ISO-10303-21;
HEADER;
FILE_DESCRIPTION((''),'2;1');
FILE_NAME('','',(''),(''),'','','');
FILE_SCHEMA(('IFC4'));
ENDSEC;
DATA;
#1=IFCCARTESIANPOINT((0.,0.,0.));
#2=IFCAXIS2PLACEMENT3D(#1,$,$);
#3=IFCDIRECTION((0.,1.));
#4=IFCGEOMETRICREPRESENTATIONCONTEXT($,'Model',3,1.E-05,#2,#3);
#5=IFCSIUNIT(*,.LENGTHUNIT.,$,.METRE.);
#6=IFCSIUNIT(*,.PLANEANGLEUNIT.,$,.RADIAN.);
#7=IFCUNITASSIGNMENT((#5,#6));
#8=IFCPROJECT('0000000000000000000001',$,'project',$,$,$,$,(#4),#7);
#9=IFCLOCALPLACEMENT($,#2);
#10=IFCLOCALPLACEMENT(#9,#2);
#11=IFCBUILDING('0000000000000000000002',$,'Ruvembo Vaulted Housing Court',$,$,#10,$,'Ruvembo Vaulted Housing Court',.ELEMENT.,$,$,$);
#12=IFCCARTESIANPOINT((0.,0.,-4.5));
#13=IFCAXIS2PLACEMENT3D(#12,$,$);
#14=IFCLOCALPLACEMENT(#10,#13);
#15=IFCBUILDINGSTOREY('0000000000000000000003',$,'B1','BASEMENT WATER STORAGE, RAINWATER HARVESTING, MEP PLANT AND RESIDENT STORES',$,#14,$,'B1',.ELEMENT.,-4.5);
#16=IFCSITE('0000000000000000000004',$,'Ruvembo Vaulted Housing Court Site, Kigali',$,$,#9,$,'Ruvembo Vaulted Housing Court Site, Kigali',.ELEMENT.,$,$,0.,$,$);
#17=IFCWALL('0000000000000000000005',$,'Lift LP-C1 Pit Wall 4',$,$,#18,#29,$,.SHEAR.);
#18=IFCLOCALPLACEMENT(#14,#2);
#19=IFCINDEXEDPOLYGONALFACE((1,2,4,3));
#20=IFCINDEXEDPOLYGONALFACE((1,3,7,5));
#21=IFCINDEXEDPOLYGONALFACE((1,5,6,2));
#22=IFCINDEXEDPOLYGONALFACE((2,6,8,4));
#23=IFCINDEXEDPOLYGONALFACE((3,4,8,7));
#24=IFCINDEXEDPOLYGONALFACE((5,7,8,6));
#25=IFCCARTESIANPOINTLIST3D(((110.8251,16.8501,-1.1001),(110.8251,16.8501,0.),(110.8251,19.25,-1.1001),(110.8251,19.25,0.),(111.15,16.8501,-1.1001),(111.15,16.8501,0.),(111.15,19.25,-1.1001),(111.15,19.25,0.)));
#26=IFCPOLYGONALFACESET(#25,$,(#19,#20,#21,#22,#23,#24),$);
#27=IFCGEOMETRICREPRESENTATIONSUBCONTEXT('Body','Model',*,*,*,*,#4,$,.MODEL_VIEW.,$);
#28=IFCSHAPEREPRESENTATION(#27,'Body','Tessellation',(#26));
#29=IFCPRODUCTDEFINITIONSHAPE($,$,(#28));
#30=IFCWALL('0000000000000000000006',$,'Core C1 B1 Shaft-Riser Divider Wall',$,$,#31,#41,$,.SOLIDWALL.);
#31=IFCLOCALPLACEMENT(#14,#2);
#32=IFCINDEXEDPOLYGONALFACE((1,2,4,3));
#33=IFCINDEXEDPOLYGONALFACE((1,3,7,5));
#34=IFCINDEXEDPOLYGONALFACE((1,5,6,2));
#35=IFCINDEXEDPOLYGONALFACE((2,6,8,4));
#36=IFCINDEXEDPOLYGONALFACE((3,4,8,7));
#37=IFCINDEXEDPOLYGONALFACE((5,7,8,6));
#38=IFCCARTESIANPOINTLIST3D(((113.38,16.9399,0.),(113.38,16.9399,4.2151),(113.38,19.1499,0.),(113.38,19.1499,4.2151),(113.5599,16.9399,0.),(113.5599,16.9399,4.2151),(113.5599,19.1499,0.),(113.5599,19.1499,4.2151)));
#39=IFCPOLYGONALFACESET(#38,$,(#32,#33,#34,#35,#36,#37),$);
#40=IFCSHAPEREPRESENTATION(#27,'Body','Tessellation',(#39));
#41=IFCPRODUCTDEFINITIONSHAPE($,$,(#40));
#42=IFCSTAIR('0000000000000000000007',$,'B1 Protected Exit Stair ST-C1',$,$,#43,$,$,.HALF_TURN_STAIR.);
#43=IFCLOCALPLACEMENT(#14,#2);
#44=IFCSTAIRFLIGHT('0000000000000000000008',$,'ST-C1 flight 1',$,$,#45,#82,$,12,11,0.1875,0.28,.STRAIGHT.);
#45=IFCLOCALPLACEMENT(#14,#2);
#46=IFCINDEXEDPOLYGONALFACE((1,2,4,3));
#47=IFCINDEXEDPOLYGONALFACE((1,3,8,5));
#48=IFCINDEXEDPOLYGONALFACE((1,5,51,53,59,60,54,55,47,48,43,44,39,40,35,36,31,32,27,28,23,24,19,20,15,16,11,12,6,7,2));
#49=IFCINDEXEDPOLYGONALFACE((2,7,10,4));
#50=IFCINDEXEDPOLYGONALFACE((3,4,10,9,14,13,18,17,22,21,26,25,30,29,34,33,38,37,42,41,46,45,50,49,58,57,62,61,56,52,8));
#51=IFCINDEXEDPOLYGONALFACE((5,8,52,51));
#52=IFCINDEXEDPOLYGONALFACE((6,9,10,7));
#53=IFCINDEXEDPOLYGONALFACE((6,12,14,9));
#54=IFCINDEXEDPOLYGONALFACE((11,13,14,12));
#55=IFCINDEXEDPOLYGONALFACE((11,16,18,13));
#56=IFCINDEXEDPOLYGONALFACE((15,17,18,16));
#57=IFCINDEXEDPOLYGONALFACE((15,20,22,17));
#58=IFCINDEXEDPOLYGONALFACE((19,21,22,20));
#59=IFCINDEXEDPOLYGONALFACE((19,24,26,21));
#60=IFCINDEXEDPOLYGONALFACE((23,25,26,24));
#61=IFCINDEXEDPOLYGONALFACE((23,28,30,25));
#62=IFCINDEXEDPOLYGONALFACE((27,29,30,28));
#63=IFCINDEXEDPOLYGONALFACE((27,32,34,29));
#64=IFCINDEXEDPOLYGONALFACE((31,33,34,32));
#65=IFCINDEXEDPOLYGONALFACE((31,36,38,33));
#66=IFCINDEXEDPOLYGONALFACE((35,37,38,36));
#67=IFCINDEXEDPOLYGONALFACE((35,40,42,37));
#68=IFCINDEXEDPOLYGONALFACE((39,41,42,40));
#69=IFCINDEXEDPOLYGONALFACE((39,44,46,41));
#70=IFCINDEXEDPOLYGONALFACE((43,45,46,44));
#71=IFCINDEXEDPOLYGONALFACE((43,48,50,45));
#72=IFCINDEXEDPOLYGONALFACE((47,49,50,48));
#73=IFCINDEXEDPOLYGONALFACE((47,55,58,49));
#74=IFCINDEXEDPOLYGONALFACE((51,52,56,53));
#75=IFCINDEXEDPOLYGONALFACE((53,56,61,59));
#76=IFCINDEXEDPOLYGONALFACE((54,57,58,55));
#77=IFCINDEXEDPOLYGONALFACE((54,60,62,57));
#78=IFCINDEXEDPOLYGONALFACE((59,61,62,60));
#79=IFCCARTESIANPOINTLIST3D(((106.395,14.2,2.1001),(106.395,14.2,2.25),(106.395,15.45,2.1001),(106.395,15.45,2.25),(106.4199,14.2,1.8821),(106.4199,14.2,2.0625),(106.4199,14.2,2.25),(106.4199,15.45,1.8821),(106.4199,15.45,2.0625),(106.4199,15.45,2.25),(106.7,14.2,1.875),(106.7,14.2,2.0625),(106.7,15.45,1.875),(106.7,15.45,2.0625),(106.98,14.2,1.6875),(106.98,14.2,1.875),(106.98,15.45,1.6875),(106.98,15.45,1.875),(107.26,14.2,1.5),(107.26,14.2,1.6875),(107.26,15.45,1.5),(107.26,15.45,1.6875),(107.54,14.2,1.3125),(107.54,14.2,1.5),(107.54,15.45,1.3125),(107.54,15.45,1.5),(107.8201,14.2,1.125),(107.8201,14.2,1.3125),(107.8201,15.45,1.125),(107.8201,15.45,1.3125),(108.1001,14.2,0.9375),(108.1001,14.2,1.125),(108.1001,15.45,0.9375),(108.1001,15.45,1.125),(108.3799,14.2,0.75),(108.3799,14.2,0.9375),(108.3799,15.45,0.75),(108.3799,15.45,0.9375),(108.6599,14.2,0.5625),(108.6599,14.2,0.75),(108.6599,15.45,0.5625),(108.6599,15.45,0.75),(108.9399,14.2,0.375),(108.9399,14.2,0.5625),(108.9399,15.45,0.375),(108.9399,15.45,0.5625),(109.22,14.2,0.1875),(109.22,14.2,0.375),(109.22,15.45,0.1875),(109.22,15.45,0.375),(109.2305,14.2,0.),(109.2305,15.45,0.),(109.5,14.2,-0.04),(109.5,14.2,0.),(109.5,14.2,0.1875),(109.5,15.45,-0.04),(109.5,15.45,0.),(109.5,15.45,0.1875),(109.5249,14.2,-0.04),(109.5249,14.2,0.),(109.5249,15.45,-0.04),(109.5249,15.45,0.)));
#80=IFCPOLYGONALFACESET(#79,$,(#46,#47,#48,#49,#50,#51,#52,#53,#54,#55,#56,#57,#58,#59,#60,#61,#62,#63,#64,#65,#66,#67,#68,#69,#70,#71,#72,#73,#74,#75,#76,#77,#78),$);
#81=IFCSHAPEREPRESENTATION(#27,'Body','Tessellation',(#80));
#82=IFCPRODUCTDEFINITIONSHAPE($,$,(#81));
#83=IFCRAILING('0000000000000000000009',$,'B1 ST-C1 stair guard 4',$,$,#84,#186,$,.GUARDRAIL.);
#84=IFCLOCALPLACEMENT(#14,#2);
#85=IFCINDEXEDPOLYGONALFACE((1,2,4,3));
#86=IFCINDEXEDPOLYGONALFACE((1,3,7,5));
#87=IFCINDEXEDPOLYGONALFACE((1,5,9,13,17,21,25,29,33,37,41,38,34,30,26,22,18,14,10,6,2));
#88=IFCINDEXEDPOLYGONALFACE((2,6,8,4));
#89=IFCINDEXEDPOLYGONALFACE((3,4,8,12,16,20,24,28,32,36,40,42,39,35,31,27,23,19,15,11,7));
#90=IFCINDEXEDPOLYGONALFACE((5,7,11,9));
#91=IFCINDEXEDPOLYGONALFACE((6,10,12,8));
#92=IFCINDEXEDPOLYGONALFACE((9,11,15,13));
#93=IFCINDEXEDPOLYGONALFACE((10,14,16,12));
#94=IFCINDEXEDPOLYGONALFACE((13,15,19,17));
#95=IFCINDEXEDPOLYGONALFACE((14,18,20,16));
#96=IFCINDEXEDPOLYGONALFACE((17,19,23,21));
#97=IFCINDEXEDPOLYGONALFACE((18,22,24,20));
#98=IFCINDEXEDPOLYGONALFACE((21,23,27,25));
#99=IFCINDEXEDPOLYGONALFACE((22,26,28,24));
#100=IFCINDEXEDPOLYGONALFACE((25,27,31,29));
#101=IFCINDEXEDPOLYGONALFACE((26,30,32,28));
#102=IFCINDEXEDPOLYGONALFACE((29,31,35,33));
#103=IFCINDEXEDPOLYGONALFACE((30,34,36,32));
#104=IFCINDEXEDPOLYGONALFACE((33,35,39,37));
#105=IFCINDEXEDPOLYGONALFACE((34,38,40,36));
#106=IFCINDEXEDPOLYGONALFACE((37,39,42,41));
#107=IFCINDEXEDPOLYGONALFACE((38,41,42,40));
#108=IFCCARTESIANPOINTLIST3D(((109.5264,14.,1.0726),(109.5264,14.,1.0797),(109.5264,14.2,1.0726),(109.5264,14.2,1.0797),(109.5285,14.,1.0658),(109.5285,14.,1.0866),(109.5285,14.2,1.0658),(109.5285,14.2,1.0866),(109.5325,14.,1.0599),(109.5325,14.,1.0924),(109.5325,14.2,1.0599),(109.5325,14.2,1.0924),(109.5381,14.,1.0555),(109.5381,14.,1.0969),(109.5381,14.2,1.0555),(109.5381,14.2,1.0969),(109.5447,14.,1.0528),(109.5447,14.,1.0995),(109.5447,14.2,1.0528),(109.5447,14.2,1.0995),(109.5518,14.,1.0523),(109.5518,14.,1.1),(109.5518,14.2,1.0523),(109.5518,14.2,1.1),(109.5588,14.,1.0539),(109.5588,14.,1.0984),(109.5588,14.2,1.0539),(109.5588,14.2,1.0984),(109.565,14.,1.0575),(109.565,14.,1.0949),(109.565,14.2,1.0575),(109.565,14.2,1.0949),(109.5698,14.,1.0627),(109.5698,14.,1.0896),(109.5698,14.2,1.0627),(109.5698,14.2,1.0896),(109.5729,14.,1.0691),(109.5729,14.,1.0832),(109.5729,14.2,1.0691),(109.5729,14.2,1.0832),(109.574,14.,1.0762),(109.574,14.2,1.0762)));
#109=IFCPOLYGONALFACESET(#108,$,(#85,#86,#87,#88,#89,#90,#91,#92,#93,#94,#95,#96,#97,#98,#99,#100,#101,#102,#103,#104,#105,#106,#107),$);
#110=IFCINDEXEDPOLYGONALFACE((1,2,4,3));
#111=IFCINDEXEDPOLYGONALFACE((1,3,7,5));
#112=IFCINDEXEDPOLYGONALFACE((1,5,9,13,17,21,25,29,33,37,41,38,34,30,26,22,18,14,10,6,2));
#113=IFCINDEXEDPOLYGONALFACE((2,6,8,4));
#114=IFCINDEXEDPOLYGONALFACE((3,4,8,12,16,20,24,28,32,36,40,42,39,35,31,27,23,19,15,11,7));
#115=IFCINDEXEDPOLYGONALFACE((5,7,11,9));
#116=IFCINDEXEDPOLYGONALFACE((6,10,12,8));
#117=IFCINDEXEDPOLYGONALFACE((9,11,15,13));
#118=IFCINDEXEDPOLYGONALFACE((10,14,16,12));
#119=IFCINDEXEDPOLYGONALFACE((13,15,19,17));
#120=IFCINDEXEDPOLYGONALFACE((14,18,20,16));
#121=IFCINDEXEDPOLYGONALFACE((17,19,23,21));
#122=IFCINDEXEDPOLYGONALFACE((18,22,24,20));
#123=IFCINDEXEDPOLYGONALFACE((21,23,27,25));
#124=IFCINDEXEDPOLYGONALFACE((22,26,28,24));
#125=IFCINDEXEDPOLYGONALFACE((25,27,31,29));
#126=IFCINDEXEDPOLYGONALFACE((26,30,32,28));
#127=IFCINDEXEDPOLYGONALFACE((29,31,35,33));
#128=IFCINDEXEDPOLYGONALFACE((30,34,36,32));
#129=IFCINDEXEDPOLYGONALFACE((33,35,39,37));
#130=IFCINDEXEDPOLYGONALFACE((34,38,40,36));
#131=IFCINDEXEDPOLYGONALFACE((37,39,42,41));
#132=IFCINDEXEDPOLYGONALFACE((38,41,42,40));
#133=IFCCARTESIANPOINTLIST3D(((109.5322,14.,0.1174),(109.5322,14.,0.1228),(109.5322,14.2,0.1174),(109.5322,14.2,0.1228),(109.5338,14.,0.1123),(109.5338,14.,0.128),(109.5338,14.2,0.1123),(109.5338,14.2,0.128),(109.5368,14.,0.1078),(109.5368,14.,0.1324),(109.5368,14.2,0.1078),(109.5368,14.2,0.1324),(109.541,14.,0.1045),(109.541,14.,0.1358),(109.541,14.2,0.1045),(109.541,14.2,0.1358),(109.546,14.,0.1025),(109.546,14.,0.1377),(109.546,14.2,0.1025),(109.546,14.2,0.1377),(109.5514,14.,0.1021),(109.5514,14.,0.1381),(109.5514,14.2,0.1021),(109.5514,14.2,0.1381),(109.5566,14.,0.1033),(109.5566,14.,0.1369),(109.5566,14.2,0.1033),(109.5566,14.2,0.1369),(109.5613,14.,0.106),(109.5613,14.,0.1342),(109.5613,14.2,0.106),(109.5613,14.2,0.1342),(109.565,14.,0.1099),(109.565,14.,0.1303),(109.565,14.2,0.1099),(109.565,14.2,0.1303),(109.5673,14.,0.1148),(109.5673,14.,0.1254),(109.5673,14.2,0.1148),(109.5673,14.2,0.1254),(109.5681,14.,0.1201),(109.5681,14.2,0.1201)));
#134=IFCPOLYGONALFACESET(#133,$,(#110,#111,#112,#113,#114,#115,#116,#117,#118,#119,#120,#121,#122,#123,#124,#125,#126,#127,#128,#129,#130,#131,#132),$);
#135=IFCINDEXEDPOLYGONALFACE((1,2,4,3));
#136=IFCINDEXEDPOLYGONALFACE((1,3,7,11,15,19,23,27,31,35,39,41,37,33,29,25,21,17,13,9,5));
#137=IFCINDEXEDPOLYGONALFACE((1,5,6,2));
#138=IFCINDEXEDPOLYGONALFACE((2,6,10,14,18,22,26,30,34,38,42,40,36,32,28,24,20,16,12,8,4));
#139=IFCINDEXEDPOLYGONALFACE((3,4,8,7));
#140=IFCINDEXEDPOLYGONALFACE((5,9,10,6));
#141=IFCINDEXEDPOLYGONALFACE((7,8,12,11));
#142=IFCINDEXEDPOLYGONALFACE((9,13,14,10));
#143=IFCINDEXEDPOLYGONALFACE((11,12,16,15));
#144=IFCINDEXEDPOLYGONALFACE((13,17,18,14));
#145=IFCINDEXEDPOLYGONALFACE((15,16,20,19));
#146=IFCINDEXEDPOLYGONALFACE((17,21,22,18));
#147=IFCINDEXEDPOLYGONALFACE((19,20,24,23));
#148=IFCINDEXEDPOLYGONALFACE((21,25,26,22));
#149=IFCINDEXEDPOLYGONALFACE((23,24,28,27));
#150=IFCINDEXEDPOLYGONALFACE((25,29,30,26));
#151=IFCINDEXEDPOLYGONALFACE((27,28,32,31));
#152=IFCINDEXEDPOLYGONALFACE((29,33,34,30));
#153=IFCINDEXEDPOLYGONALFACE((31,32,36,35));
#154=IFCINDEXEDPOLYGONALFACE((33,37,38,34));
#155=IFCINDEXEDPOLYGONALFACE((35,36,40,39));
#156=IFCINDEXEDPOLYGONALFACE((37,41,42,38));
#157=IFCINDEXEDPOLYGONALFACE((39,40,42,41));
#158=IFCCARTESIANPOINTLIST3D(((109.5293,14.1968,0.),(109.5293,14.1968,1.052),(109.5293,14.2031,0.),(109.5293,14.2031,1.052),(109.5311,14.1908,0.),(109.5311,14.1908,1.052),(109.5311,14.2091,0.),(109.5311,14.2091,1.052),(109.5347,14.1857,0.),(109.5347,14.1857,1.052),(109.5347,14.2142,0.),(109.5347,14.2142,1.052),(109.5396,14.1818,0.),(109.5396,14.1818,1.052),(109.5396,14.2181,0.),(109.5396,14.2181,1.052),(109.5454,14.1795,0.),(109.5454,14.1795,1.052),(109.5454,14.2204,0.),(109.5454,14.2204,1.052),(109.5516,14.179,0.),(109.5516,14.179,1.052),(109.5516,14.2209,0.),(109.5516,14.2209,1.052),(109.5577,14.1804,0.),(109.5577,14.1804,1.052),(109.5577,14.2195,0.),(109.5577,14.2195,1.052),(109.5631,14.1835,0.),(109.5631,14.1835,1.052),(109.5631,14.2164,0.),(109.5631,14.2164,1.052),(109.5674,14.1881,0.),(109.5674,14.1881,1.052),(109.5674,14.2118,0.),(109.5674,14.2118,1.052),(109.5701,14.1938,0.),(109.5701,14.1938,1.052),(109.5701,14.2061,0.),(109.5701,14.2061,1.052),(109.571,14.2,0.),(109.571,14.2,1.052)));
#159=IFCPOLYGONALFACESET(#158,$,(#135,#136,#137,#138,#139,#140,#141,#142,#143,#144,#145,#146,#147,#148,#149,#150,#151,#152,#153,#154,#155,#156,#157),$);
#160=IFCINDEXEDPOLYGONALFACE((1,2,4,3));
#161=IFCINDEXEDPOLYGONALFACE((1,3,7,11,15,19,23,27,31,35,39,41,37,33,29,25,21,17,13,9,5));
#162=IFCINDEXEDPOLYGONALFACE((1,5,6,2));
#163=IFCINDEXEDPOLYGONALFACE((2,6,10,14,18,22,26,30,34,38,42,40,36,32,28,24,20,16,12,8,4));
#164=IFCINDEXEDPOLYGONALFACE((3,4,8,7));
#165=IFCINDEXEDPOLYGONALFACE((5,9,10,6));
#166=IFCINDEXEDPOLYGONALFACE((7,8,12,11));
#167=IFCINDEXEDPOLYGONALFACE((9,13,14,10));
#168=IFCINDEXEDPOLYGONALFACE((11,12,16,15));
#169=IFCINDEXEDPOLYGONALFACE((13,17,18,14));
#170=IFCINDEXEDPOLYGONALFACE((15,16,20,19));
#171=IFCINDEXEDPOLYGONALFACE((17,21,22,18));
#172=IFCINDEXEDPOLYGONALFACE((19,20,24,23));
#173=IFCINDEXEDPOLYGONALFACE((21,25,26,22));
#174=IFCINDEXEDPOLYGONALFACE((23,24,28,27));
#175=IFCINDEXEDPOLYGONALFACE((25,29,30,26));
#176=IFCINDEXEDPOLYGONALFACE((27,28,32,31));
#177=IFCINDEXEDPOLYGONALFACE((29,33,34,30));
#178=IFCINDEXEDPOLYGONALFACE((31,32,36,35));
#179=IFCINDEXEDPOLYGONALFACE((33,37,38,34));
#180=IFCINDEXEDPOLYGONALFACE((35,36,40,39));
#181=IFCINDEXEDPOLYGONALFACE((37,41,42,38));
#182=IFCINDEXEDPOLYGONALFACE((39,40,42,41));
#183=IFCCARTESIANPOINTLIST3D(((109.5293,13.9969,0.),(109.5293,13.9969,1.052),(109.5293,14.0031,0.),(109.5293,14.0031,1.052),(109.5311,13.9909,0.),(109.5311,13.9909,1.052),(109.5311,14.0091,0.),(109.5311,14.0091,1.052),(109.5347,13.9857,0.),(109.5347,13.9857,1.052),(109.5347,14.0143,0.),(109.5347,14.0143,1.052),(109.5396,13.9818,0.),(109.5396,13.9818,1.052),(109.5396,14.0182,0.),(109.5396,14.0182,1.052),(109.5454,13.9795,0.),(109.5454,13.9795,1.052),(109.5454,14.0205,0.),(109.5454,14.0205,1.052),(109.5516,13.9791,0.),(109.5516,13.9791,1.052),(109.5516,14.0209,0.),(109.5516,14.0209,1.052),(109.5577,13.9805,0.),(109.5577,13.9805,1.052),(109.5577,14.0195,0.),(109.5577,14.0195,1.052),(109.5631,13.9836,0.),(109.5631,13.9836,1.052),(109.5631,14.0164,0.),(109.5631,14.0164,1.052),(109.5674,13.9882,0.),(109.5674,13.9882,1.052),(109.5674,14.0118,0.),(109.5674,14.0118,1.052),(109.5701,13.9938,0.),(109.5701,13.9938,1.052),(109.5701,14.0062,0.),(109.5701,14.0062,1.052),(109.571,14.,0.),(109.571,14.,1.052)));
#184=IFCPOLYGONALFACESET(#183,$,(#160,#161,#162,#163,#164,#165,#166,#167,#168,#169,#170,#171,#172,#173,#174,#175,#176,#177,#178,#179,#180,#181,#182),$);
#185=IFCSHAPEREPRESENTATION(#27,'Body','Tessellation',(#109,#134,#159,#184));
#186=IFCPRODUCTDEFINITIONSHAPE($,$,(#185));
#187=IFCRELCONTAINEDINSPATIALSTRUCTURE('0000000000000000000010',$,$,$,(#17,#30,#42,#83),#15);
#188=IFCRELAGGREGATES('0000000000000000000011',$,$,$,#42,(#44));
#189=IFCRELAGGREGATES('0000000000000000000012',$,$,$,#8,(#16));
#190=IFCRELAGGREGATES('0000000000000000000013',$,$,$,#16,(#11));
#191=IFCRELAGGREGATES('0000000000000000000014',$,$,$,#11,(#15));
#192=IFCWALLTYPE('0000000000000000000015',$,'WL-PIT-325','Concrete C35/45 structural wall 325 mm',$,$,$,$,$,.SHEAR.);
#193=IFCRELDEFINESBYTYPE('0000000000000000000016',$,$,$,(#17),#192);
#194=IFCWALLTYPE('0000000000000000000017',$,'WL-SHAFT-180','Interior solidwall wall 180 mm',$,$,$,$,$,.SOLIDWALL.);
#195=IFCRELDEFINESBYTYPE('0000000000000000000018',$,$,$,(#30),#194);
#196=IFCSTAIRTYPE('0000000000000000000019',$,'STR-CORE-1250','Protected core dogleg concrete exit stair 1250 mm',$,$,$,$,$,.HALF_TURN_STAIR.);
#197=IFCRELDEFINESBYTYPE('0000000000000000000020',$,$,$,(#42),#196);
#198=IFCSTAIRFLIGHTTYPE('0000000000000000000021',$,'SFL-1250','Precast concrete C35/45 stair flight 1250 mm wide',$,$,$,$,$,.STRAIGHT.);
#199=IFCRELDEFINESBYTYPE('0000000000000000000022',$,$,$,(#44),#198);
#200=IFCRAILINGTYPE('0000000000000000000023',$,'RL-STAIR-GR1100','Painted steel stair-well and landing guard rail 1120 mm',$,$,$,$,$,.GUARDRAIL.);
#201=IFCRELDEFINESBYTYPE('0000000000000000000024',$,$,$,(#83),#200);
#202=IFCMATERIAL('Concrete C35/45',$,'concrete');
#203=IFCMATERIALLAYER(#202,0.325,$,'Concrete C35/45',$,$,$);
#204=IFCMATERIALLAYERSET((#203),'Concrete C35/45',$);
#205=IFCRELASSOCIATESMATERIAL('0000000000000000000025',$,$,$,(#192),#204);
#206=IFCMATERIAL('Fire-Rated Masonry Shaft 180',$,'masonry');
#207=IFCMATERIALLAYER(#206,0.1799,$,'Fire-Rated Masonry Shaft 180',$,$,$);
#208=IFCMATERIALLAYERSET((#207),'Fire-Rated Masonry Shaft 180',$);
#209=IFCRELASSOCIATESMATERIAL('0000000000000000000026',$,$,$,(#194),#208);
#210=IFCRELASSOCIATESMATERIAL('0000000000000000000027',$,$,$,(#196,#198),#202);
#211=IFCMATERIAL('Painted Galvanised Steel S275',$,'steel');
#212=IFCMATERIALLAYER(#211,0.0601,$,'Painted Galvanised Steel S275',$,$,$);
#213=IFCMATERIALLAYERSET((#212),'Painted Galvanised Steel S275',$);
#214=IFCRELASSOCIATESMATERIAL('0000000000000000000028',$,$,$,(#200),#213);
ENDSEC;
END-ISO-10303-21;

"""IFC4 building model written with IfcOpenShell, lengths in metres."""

from ifc_helpers import new_model, si_unit, direction, frame, frame_2d, origin, origin_2d, place, context, subcontext, project, spatial, polyline, rectangle, circle, outline, extrude, material, layer, layer_set, type_object, element, aggregate, save


model = new_model("IFC4")

# Units and contexts
model_context = context("Model", 3, precision=1e-05, world=origin(), true_north=direction((0.0, 1.0)))
body_context = subcontext(model_context, "Body", "Model", "MODEL_VIEW")
ifc_project = project(units=[si_unit("LENGTHUNIT", "METRE"), si_unit("PLANEANGLEUNIT", "RADIAN")], contexts=[model_context])

# Site, building, storey
site_placement = place(None, origin())
site = spatial("IfcSite", under=ifc_project, at=site_placement, Name="Ruvembo Vaulted Housing Court Site, Kigali", LongName="Ruvembo Vaulted Housing Court Site, Kigali", CompositionType="ELEMENT", RefElevation=0.0)
building_placement = place(site_placement, origin())
building = spatial("IfcBuilding", under=site, at=building_placement, Name="Ruvembo Vaulted Housing Court", LongName="Ruvembo Vaulted Housing Court", CompositionType="ELEMENT")
storey_placement = place(building_placement, frame((0.0, 0.0, -4.5)))
storey = spatial("IfcBuildingStorey", under=building, at=storey_placement, Name="B1", Description="BASEMENT WATER STORAGE, RAINWATER HARVESTING, MEP PLANT AND RESIDENT STORES", LongName="B1", CompositionType="ELEMENT", Elevation=-4.5)

# Shared definitions
ifc_material_1 = material(Name="Concrete C35/45", Category="concrete")

# Wall
ifc_layer_1 = layer(ifc_material_1, 0.325, Name="Concrete C35/45")
ifc_layer_set_1 = layer_set([ifc_layer_1], Name="Concrete C35/45")
wall_type_1 = type_object("IfcWallType", Name="WL-PIT-325", Description="Concrete C35/45 structural wall 325 mm", PredefinedType="SHEAR", material=ifc_layer_set_1)
wall_1_placement = place(storey_placement, frame((110.9875, 19.25, -1.1001), z_axis=(0.0, 0.0, 1.0), x_axis=(0.0, -1.0, 0.0)))
element("IfcWall", 1, at=wall_1_placement, inside=storey, type_object=wall_type_1, Name="Lift LP-C1 Pit Wall 4", PredefinedType="SHEAR", context=body_context, shape_type="SweptSolid", body=[
    extrude(rectangle(XDim=2.3999, YDim=0.325, at=frame_2d((1.2, 0.0))), origin(), (0.0, 0.0, 1.0), 1.1001),
])

# Shared definitions
ifc_material_2 = material(Name="Fire-Rated Masonry Shaft 180", Category="masonry")
ifc_layer_2 = layer(ifc_material_2, 0.1799, Name="Fire-Rated Masonry Shaft 180")
ifc_layer_set_2 = layer_set([ifc_layer_2], Name="Fire-Rated Masonry Shaft 180")
wall_type_2 = type_object("IfcWallType", Name="WL-SHAFT-180", Description="Interior solidwall wall 180 mm", PredefinedType="SOLIDWALL", material=ifc_layer_set_2)

# Wall
wall_2_placement = place(storey_placement, frame((113.47, 16.9399, 0.0), z_axis=(0.0, 0.0, 1.0), x_axis=(0.0, 1.0, 0.0)))
element("IfcWall", 2, at=wall_2_placement, inside=storey, type_object=wall_type_2, Name="Core C1 B1 Shaft-Riser Divider Wall", PredefinedType="SOLIDWALL", context=body_context, shape_type="SweptSolid", body=[
    extrude(rectangle(XDim=2.21, YDim=0.1799, at=frame_2d((1.105, 0.0))), origin(), (0.0, 0.0, 1.0), 4.2151),
])

# Stair, stair flight
stair_type = type_object("IfcStairType", Name="STR-CORE-1250", Description="Protected core dogleg concrete exit stair 1250 mm", PredefinedType="HALF_TURN_STAIR", material=ifc_material_1)
stair_placement = place(storey_placement, origin())
stair = element("IfcStair", 3, at=stair_placement, inside=storey, type_object=stair_type, Name="B1 Protected Exit Stair ST-C1", PredefinedType="HALF_TURN_STAIR")
stair_flight_type = type_object("IfcStairFlightType", Name="SFL-1250", Description="Precast concrete C35/45 stair flight 1250 mm wide", PredefinedType="STRAIGHT", material=ifc_material_1)
stair_flight_placement = place(storey_placement, frame((109.5, 14.825, 0.0), z_axis=(0.0, 0.0, 1.0), x_axis=(-1.0, 0.0, 0.0)))
stair_flight = element("IfcStairFlight", 4, at=stair_flight_placement, type_object=stair_flight_type, Name="ST-C1 flight 1", NumberOfRisers=12, NumberOfTreads=11, PredefinedType="STRAIGHT", RiserHeight=0.1875, TreadLength=0.28, context=body_context, shape_type="SweptSolid", body=[
    extrude(outline(polyline([(-0.0249, -0.04), (-0.0249, 0.0), (0.0, 0.0), (0.0, 0.1875), (0.28, 0.1875), (0.28, 0.375), (0.5601, 0.375), (0.5601, 0.5625), (0.8401, 0.5625), (0.8401, 0.75), (1.1201, 0.75), (1.1201, 0.9375), (1.3999, 0.9375), (1.3999, 1.125), (1.6799, 1.125), (1.6799, 1.3125), (1.96, 1.3125), (1.96, 1.5), (2.24, 1.5), (2.24, 1.6875), (2.52, 1.6875), (2.52, 1.875), (2.8, 1.875), (2.8, 2.0625), (3.0801, 2.0625), (3.0801, 2.25), (3.105, 2.25), (3.105, 2.1001), (3.0801, 1.8821), (0.2695, 0.0), (0.0, -0.04), (-0.0249, -0.04)])), frame((0.0, 0.625, 0.0), z_axis=(0.0, -1.0, 0.0), x_axis=(1.0, 0.0, 0.0)), (0.0, 0.0, 1.0), 1.25),
])
aggregate(stair, [stair_flight])

# Railing
ifc_material_3 = material(Name="Painted Galvanised Steel S275", Category="steel")
ifc_layer_3 = layer(ifc_material_3, 0.0601, Name="Painted Galvanised Steel S275")
ifc_layer_set_3 = layer_set([ifc_layer_3], Name="Painted Galvanised Steel S275")
railing_type_1 = type_object("IfcRailingType", Name="RL-STAIR-GR1100", Description="Painted steel stair-well and landing guard rail 1120 mm", PredefinedType="GUARDRAIL", material=ifc_layer_set_3)
railing_1_placement = place(storey_placement, frame((109.55, 14.2, 0.0)))
element("IfcRailing", 5, at=railing_1_placement, inside=storey, type_object=railing_type_1, Name="B1 ST-C1 stair guard 4", PredefinedType="GUARDRAIL", context=body_context, shape_type="SweptSolid", body=[
    extrude(circle(Radius=0.0239, at=origin_2d()), frame((0.0, 0.0, 1.0762), z_axis=(0.0, -1.0, 0.0), x_axis=(1.0, 0.0, 0.0)), (0.0, 0.0, 1.0), 0.2),
    extrude(circle(Radius=0.0181, at=origin_2d()), frame((0.0, 0.0, 0.1201), z_axis=(0.0, -1.0, 0.0), x_axis=(1.0, 0.0, 0.0)), (0.0, 0.0, 1.0), 0.2),
    extrude(circle(Radius=0.021, at=origin_2d()), origin(), (0.0, 0.0, 1.0), 1.052),
    extrude(circle(Radius=0.021, at=origin_2d()), frame((0.0, -0.2, 0.0)), (0.0, 0.0, 1.0), 1.052),
])

save(model, "model.ifc")
